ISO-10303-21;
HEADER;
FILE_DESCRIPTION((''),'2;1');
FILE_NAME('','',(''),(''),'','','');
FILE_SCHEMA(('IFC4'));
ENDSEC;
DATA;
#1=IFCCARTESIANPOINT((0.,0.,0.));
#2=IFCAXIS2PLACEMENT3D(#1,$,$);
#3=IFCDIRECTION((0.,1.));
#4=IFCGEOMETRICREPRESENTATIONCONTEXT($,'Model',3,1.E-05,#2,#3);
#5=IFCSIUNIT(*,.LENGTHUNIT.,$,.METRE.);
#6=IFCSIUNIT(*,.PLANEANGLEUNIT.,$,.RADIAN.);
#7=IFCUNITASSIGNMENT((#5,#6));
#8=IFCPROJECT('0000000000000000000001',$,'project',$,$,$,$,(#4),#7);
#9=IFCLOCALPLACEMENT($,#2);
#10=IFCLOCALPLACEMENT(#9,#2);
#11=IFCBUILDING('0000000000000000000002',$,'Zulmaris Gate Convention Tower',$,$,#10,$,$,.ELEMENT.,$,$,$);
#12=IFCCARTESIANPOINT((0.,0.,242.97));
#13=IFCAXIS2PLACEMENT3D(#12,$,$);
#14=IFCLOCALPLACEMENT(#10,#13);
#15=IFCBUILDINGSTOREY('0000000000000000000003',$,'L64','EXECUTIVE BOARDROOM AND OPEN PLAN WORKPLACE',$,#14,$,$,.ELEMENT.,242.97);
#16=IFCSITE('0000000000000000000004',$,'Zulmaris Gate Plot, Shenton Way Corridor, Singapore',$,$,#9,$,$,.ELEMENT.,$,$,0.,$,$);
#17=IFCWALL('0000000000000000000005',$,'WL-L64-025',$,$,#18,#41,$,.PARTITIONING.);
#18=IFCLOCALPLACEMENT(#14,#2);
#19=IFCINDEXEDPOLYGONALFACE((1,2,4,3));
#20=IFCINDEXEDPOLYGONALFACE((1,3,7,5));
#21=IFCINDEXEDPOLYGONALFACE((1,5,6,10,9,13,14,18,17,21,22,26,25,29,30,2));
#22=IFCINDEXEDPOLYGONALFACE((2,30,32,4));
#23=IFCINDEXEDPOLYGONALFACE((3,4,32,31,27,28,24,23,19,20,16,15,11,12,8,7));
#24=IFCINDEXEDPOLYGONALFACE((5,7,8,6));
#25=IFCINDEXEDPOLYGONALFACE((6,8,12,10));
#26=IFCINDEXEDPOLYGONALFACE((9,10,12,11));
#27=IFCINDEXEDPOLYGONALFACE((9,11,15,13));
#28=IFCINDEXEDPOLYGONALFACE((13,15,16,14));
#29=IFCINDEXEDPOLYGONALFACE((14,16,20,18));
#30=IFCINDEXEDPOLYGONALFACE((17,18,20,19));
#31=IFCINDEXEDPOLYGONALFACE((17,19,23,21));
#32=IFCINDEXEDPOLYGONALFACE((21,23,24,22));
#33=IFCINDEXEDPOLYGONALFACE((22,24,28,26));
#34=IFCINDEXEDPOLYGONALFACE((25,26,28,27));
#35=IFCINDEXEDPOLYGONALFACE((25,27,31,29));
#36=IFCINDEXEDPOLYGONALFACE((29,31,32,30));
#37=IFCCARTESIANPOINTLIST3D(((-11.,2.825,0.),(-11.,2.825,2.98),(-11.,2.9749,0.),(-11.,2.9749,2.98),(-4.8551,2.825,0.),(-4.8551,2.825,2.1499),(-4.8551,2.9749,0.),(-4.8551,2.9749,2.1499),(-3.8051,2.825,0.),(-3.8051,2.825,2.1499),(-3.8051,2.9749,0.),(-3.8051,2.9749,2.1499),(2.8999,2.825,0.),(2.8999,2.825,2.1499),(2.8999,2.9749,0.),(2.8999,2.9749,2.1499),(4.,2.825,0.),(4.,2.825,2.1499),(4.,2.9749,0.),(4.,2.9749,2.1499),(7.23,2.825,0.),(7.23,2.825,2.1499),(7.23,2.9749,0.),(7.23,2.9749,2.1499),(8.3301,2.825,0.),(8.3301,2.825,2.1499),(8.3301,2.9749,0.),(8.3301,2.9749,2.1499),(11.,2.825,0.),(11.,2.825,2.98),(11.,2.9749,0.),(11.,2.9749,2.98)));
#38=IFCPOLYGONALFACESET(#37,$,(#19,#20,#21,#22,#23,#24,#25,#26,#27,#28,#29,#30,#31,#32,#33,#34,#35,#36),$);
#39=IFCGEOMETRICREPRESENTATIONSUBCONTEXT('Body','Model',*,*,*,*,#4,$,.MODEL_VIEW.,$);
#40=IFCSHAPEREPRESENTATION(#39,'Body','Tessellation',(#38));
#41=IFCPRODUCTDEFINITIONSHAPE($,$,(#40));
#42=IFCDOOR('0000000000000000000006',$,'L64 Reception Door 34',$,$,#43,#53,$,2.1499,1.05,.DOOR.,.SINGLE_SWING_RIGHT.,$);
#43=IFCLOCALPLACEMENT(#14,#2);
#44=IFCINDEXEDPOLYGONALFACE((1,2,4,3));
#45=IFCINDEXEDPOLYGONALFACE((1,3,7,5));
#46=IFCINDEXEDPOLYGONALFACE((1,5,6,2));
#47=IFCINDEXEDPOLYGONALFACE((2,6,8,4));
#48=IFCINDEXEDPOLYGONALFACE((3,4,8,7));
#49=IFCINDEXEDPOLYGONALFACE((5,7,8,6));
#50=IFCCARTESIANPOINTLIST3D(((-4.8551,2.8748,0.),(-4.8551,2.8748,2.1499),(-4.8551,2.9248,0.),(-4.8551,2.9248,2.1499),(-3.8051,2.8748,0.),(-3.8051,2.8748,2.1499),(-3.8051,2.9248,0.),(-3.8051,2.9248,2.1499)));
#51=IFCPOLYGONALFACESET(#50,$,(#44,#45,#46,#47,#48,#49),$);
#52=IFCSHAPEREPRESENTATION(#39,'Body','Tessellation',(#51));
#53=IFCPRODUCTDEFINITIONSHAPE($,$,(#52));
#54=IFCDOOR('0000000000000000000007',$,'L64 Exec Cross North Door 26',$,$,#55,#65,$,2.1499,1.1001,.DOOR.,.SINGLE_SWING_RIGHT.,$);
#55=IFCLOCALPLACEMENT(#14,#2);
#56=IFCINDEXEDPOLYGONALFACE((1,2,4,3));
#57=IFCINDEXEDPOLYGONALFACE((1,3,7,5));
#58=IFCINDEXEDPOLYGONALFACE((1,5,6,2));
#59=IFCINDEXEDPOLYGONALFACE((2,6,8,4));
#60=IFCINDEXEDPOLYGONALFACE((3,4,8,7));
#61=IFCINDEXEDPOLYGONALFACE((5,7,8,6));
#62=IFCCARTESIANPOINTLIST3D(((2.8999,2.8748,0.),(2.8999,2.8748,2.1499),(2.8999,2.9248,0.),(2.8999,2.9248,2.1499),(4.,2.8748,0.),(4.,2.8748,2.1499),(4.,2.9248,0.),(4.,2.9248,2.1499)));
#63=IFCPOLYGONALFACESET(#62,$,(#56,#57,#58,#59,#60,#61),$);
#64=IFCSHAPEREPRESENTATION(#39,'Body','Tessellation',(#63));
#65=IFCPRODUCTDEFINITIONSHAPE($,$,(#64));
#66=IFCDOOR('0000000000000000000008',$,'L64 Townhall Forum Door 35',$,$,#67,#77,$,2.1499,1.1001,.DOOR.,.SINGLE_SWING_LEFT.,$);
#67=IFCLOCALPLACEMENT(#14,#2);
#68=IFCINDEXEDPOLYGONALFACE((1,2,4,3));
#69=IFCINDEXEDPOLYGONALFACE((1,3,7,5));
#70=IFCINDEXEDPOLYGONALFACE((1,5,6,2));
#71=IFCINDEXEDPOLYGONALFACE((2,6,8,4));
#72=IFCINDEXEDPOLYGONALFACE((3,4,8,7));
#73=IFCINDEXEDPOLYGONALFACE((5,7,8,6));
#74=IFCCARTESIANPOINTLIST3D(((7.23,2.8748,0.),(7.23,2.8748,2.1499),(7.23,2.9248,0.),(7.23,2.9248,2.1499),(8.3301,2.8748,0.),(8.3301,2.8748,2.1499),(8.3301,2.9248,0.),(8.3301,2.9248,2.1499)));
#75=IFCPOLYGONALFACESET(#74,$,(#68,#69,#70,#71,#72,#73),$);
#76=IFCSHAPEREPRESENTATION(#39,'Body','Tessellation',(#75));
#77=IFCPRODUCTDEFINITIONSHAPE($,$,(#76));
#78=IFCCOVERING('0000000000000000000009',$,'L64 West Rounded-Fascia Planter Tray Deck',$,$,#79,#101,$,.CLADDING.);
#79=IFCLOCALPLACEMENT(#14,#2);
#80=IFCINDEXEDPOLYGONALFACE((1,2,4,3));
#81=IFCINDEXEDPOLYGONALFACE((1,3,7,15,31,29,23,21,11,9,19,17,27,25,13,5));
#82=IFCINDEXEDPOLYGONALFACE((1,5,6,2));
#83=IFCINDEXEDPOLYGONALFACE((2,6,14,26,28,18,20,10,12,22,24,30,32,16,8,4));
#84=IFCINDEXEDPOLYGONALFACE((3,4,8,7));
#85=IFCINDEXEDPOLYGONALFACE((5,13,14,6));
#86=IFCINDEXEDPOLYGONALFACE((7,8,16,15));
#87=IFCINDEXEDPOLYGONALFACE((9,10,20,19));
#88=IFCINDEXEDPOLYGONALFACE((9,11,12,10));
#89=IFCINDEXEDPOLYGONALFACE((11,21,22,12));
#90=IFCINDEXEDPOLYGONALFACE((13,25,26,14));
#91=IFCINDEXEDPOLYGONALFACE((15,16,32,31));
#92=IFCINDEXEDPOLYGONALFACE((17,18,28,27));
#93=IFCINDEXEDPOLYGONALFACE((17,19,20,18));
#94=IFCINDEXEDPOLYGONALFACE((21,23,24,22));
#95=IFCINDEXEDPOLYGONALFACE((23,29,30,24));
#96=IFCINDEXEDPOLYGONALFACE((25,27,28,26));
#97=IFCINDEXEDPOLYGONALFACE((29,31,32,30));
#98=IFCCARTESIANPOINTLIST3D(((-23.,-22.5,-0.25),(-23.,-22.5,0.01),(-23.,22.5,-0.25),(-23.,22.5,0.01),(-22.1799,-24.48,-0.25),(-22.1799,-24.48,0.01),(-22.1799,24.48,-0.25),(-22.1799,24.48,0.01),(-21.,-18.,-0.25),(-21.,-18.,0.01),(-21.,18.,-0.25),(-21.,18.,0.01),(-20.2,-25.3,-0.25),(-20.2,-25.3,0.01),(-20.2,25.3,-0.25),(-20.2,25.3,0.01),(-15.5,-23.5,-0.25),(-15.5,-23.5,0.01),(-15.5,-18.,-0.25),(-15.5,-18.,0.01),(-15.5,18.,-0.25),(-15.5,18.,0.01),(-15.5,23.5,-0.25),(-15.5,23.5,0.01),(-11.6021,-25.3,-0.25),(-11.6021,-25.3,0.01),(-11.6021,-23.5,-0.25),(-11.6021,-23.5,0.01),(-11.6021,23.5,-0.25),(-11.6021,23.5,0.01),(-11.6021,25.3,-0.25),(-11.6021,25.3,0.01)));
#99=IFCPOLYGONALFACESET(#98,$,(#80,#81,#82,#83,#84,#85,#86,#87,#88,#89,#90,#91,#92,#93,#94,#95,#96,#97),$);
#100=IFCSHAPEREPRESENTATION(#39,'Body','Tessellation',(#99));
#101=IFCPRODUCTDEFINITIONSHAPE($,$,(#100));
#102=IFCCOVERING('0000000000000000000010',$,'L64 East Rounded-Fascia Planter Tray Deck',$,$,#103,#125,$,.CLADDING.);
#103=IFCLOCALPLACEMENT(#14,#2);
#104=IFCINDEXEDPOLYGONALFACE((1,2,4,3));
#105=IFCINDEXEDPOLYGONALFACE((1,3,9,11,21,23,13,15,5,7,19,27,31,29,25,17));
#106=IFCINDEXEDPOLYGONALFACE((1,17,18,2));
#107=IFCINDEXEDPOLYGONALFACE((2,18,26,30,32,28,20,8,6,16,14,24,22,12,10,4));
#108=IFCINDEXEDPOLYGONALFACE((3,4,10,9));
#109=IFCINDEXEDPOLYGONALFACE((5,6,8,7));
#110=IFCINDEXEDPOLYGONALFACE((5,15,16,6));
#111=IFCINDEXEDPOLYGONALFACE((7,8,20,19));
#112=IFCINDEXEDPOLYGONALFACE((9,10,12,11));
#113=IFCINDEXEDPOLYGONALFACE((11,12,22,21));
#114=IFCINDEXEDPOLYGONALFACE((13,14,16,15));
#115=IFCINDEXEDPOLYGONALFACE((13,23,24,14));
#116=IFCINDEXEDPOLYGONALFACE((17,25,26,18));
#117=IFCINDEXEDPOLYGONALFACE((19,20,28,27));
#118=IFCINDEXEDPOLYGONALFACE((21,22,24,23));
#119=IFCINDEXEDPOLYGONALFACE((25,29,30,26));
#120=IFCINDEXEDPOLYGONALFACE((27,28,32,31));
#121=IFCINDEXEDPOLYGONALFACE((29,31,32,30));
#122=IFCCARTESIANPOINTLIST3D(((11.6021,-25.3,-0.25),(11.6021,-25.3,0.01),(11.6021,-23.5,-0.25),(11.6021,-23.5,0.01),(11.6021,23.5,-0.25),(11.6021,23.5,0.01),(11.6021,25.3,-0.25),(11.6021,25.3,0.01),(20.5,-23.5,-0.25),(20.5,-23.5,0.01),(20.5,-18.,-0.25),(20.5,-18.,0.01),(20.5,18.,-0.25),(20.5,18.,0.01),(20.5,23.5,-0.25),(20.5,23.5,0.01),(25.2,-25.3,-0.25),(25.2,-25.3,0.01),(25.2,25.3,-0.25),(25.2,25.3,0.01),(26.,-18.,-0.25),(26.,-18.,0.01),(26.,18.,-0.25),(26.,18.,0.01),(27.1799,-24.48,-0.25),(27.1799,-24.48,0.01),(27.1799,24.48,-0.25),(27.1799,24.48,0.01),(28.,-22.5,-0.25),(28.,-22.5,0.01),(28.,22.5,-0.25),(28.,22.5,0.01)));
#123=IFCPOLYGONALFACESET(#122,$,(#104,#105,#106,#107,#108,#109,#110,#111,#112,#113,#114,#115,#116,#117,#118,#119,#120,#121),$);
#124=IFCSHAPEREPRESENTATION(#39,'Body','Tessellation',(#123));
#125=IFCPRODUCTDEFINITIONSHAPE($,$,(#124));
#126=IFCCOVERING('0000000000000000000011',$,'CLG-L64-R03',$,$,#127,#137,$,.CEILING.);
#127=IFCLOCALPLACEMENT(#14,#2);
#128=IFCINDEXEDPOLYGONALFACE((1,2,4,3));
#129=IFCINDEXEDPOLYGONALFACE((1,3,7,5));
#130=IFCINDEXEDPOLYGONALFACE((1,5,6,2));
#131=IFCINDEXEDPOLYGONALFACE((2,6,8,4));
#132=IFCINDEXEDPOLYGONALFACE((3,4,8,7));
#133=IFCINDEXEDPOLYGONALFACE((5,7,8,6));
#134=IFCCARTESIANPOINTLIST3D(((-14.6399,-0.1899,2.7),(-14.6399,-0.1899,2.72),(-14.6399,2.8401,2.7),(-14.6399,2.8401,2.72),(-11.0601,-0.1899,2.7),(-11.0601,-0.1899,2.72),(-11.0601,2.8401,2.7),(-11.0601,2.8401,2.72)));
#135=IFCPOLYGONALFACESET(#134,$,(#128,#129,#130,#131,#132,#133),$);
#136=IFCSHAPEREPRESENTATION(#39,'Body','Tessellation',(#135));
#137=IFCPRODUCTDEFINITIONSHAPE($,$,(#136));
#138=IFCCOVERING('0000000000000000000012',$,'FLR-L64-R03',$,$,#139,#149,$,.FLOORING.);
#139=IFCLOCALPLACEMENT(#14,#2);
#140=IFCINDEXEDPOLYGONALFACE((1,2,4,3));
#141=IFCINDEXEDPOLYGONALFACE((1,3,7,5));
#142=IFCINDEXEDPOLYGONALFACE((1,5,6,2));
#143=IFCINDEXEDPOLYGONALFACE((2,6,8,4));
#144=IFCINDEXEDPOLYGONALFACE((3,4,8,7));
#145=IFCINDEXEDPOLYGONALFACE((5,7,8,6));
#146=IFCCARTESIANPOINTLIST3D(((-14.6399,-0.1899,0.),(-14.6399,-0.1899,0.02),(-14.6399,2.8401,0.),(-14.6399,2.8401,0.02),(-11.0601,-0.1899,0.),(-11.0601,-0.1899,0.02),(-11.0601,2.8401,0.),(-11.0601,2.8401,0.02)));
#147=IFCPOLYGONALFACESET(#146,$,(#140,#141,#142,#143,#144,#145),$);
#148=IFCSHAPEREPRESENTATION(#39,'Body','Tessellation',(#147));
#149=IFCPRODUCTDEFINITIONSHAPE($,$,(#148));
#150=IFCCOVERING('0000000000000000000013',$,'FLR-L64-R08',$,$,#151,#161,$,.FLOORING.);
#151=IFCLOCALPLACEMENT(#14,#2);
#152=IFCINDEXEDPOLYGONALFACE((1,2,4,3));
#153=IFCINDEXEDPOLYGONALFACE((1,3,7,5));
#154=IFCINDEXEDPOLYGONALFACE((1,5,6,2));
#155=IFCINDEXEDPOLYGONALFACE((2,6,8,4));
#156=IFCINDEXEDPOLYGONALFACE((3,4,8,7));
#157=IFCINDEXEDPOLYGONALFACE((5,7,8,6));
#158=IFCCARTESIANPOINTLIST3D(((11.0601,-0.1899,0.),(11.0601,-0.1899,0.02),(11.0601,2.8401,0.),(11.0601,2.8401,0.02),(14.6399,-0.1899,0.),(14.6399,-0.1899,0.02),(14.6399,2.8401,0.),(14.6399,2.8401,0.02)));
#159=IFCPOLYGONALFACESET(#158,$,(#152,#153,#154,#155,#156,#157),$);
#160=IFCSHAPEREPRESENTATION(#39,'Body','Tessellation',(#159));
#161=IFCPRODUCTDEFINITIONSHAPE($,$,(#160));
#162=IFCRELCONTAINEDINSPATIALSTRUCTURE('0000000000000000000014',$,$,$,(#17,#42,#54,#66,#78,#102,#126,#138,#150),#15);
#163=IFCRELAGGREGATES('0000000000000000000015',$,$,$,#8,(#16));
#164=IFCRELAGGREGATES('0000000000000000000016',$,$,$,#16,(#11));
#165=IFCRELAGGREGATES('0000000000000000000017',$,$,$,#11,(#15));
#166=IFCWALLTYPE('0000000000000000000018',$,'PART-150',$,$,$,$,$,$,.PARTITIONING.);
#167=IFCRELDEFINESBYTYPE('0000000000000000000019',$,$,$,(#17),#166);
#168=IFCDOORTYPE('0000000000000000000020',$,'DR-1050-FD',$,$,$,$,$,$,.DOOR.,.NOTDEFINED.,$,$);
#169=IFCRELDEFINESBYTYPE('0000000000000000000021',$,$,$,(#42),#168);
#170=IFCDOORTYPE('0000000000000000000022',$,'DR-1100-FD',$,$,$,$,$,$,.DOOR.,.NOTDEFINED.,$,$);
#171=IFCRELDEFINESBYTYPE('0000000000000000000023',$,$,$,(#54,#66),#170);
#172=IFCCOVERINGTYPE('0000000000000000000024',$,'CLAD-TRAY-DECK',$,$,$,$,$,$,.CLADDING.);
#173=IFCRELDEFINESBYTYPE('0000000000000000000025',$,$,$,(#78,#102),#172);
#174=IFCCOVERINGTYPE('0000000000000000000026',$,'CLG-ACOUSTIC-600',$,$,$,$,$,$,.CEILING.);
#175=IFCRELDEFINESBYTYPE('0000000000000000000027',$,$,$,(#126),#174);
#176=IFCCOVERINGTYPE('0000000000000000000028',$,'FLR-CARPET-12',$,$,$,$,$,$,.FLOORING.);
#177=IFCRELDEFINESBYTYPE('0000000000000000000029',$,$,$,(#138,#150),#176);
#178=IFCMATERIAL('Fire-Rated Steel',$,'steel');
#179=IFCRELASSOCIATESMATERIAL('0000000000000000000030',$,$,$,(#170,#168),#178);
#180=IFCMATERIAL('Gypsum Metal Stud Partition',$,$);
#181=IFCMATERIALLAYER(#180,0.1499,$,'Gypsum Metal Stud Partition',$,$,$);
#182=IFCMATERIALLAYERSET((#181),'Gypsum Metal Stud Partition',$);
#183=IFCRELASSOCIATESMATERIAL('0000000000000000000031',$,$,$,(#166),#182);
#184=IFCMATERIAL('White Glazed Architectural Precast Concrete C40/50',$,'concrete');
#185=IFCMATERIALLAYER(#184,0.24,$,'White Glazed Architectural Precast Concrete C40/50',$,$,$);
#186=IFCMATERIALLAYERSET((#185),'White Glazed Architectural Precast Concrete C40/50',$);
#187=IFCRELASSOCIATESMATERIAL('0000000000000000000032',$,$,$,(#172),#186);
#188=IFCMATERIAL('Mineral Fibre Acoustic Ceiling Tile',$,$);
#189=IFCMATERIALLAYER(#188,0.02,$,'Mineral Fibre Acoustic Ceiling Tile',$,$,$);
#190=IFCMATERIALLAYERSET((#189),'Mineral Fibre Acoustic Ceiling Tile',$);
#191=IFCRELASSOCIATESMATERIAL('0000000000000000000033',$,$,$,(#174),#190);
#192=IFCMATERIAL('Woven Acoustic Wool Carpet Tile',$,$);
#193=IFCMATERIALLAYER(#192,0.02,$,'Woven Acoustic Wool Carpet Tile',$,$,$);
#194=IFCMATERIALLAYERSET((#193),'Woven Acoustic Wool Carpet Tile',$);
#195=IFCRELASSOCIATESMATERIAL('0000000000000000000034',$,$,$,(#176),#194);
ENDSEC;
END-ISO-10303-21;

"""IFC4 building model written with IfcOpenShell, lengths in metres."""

from ifc_helpers import new_model, si_unit, direction, frame, frame_2d, origin, place, context, subcontext, project, spatial, polyline, rectangle, outline, extrude, material, layer, layer_set, type_object, element, fill, save


model = new_model("IFC4")

# Units and contexts
model_context = context("Model", 3, precision=1e-05, world=origin(), true_north=direction((0.0, 1.0)))
body_context = subcontext(model_context, "Body", "Model", "MODEL_VIEW")
ifc_project = project(units=[si_unit("LENGTHUNIT", "METRE"), si_unit("PLANEANGLEUNIT", "RADIAN")], contexts=[model_context])

# Site, building, storey
site_placement = place(None, origin())
site = spatial("IfcSite", under=ifc_project, at=site_placement, Name="Zulmaris Gate Plot, Shenton Way Corridor, Singapore", CompositionType="ELEMENT", RefElevation=0.0)
building_placement = place(site_placement, origin())
building = spatial("IfcBuilding", under=site, at=building_placement, Name="Zulmaris Gate Convention Tower", CompositionType="ELEMENT")
storey_placement = place(building_placement, frame((0.0, 0.0, 242.97)))
storey = spatial("IfcBuildingStorey", under=building, at=storey_placement, Name="L64", Description="EXECUTIVE BOARDROOM AND OPEN PLAN WORKPLACE", CompositionType="ELEMENT", Elevation=242.97)

# Shared definitions
ifc_material_1 = material(Name="Fire-Rated Steel", Category="steel")
door_type_1 = type_object("IfcDoorType", Name="DR-1100-FD", OperationType="NOTDEFINED", PredefinedType="DOOR", material=ifc_material_1)

# Wall, openings, doors
ifc_material_2 = material(Name="Gypsum Metal Stud Partition")
ifc_layer_1 = layer(ifc_material_2, 0.1499, Name="Gypsum Metal Stud Partition")
ifc_layer_set_1 = layer_set([ifc_layer_1], Name="Gypsum Metal Stud Partition")
wall_type_1 = type_object("IfcWallType", Name="PART-150", PredefinedType="PARTITIONING", material=ifc_layer_set_1)
wall_1_placement = place(storey_placement, frame((-11.0, 2.8999, 0.0), z_axis=(0.0, 0.0, 1.0), x_axis=(1.0, 0.0, 0.0)))
wall_1 = element("IfcWall", 1, at=wall_1_placement, inside=storey, type_object=wall_type_1, Name="WL-L64-025", PredefinedType="PARTITIONING", context=body_context, shape_type="SweptSolid", body=[
    extrude(rectangle(XDim=22.0, YDim=0.1499, at=frame_2d((11.0, 0.0))), origin(), (0.0, 0.0, 1.0), 2.98),
])
opening_1_placement = place(wall_1_placement, frame((13.8999, 0.0, 0.0)))
opening_1 = element("IfcOpeningElement", 2, at=opening_1_placement, cuts=wall_1, PredefinedType="OPENING", context=body_context, shape_type="SweptSolid", body=[
    extrude(rectangle(XDim=1.1001, YDim=2.1499, at=frame_2d((0.55, 1.075))), frame((0.0, 0.085, 0.0), z_axis=(0.0, -1.0, 0.0), x_axis=(1.0, 0.0, 0.0)), (0.0, 0.0, 1.0), 0.1699),
])
opening_2_placement = place(wall_1_placement, frame((6.145, 0.0, 0.0)))
opening_2 = element("IfcOpeningElement", 3, at=opening_2_placement, cuts=wall_1, PredefinedType="OPENING", context=body_context, shape_type="SweptSolid", body=[
    extrude(rectangle(XDim=1.05, YDim=2.1499, at=frame_2d((0.5249, 1.075))), frame((0.0, 0.085, 0.0), z_axis=(0.0, -1.0, 0.0), x_axis=(1.0, 0.0, 0.0)), (0.0, 0.0, 1.0), 0.1699),
])
opening_3_placement = place(wall_1_placement, frame((18.23, 0.0, 0.0)))
opening_3 = element("IfcOpeningElement", 4, at=opening_3_placement, cuts=wall_1, PredefinedType="OPENING", context=body_context, shape_type="SweptSolid", body=[
    extrude(rectangle(XDim=1.1001, YDim=2.1499, at=frame_2d((0.55, 1.075))), frame((0.0, 0.085, 0.0), z_axis=(0.0, -1.0, 0.0), x_axis=(1.0, 0.0, 0.0)), (0.0, 0.0, 1.0), 0.1699),
])
door_type_2 = type_object("IfcDoorType", Name="DR-1050-FD", OperationType="NOTDEFINED", PredefinedType="DOOR", material=ifc_material_1)
door_1_placement = place(opening_2_placement, origin())
door_1 = element("IfcDoor", 5, at=door_1_placement, inside=storey, type_object=door_type_2, Name="L64 Reception Door 34", OperationType="SINGLE_SWING_RIGHT", OverallHeight=2.1499, OverallWidth=1.05, PredefinedType="DOOR", context=body_context, shape_type="SweptSolid", body=[
    extrude(rectangle(XDim=1.05, YDim=2.1499, at=frame_2d((0.5249, 1.075))), frame((0.0, 0.0249, 0.0), z_axis=(0.0, -1.0, 0.0), x_axis=(1.0, 0.0, 0.0)), (0.0, 0.0, 1.0), 0.05),
])
fill(opening_2, door_1)
door_2_placement = place(opening_1_placement, origin())
door_2 = element("IfcDoor", 6, at=door_2_placement, inside=storey, type_object=door_type_1, Name="L64 Exec Cross North Door 26", OperationType="SINGLE_SWING_RIGHT", OverallHeight=2.1499, OverallWidth=1.1001, PredefinedType="DOOR", context=body_context, shape_type="SweptSolid", body=[
    extrude(rectangle(XDim=1.1001, YDim=2.1499, at=frame_2d((0.55, 1.075))), frame((0.0, 0.0249, 0.0), z_axis=(0.0, -1.0, 0.0), x_axis=(1.0, 0.0, 0.0)), (0.0, 0.0, 1.0), 0.05),
])
fill(opening_1, door_2)
door_3_placement = place(opening_3_placement, origin())
door_3 = element("IfcDoor", 7, at=door_3_placement, inside=storey, type_object=door_type_1, Name="L64 Townhall Forum Door 35", OperationType="SINGLE_SWING_LEFT", OverallHeight=2.1499, OverallWidth=1.1001, PredefinedType="DOOR", context=body_context, shape_type="SweptSolid", body=[
    extrude(rectangle(XDim=1.1001, YDim=2.1499, at=frame_2d((0.55, 1.075))), frame((0.0, 0.0249, 0.0), z_axis=(0.0, -1.0, 0.0), x_axis=(1.0, 0.0, 0.0)), (0.0, 0.0, 1.0), 0.05),
])
fill(opening_3, door_3)

# Coverings
ifc_material_3 = material(Name="White Glazed Architectural Precast Concrete C40/50", Category="concrete")
ifc_layer_2 = layer(ifc_material_3, 0.24, Name="White Glazed Architectural Precast Concrete C40/50")
ifc_layer_set_2 = layer_set([ifc_layer_2], Name="White Glazed Architectural Precast Concrete C40/50")
covering_type_1 = type_object("IfcCoveringType", Name="CLAD-TRAY-DECK", PredefinedType="CLADDING", material=ifc_layer_set_2)
covering_1_placement = place(storey_placement, frame((0.0, 0.0, -0.25)))
element("IfcCovering", 8, at=covering_1_placement, inside=storey, type_object=covering_type_1, Name="L64 West Rounded-Fascia Planter Tray Deck", PredefinedType="CLADDING", context=body_context, shape_type="SweptSolid", body=[
    extrude(outline(polyline([(-23.0, 22.5), (-22.1799, 24.48), (-20.2, 25.3), (-11.6021, 25.3), (-11.6021, 23.5), (-15.5, 23.5), (-15.5, 18.0), (-21.0, 18.0), (-21.0, -18.0), (-15.5, -18.0), (-15.5, -23.5), (-11.6021, -23.5), (-11.6021, -25.3), (-20.2, -25.3), (-22.1799, -24.48), (-23.0, -22.5), (-23.0, 22.5)])), origin(), (0.0, 0.0, 1.0), 0.26),
])
covering_2_placement = place(storey_placement, frame((0.0, 0.0, -0.25)))
element("IfcCovering", 9, at=covering_2_placement, inside=storey, type_object=covering_type_1, Name="L64 East Rounded-Fascia Planter Tray Deck", PredefinedType="CLADDING", context=body_context, shape_type="SweptSolid", body=[
    extrude(outline(polyline([(25.2, 25.3), (27.1799, 24.48), (28.0, 22.5), (28.0, -22.5), (27.1799, -24.48), (25.2, -25.3), (11.6021, -25.3), (11.6021, -23.5), (20.5, -23.5), (20.5, -18.0), (26.0, -18.0), (26.0, 18.0), (20.5, 18.0), (20.5, 23.5), (11.6021, 23.5), (11.6021, 25.3), (25.2, 25.3)])), origin(), (0.0, 0.0, 1.0), 0.26),
])
ifc_material_4 = material(Name="Mineral Fibre Acoustic Ceiling Tile")
ifc_layer_3 = layer(ifc_material_4, 0.02, Name="Mineral Fibre Acoustic Ceiling Tile")
ifc_layer_set_3 = layer_set([ifc_layer_3], Name="Mineral Fibre Acoustic Ceiling Tile")
covering_type_2 = type_object("IfcCoveringType", Name="CLG-ACOUSTIC-600", PredefinedType="CEILING", material=ifc_layer_set_3)
covering_3_placement = place(storey_placement, frame((0.0, 0.0, 2.7)))
element("IfcCovering", 10, at=covering_3_placement, inside=storey, type_object=covering_type_2, Name="CLG-L64-R03", PredefinedType="CEILING", context=body_context, shape_type="SweptSolid", body=[
    extrude(outline(polyline([(-14.6399, -0.1899), (-11.0601, -0.1899), (-11.0601, 2.8401), (-14.6399, 2.8401), (-14.6399, -0.1899)])), origin(), (0.0, 0.0, 1.0), 0.02),
])
ifc_material_5 = material(Name="Woven Acoustic Wool Carpet Tile")
ifc_layer_4 = layer(ifc_material_5, 0.02, Name="Woven Acoustic Wool Carpet Tile")
ifc_layer_set_4 = layer_set([ifc_layer_4], Name="Woven Acoustic Wool Carpet Tile")
covering_type_3 = type_object("IfcCoveringType", Name="FLR-CARPET-12", PredefinedType="FLOORING", material=ifc_layer_set_4)
covering_4_placement = place(storey_placement, origin())
element("IfcCovering", 11, at=covering_4_placement, inside=storey, type_object=covering_type_3, Name="FLR-L64-R03", PredefinedType="FLOORING", context=body_context, shape_type="SweptSolid", body=[
    extrude(outline(polyline([(-14.6399, -0.1899), (-11.0601, -0.1899), (-11.0601, 2.8401), (-14.6399, 2.8401), (-14.6399, -0.1899)])), origin(), (0.0, 0.0, 1.0), 0.02),
])
covering_5_placement = place(storey_placement, origin())
element("IfcCovering", 12, at=covering_5_placement, inside=storey, type_object=covering_type_3, Name="FLR-L64-R08", PredefinedType="FLOORING", context=body_context, shape_type="SweptSolid", body=[
    extrude(outline(polyline([(11.0601, -0.1899), (14.6399, -0.1899), (14.6399, 2.8401), (11.0601, 2.8401), (11.0601, -0.1899)])), origin(), (0.0, 0.0, 1.0), 0.02),
])

save(model, "model.ifc")
